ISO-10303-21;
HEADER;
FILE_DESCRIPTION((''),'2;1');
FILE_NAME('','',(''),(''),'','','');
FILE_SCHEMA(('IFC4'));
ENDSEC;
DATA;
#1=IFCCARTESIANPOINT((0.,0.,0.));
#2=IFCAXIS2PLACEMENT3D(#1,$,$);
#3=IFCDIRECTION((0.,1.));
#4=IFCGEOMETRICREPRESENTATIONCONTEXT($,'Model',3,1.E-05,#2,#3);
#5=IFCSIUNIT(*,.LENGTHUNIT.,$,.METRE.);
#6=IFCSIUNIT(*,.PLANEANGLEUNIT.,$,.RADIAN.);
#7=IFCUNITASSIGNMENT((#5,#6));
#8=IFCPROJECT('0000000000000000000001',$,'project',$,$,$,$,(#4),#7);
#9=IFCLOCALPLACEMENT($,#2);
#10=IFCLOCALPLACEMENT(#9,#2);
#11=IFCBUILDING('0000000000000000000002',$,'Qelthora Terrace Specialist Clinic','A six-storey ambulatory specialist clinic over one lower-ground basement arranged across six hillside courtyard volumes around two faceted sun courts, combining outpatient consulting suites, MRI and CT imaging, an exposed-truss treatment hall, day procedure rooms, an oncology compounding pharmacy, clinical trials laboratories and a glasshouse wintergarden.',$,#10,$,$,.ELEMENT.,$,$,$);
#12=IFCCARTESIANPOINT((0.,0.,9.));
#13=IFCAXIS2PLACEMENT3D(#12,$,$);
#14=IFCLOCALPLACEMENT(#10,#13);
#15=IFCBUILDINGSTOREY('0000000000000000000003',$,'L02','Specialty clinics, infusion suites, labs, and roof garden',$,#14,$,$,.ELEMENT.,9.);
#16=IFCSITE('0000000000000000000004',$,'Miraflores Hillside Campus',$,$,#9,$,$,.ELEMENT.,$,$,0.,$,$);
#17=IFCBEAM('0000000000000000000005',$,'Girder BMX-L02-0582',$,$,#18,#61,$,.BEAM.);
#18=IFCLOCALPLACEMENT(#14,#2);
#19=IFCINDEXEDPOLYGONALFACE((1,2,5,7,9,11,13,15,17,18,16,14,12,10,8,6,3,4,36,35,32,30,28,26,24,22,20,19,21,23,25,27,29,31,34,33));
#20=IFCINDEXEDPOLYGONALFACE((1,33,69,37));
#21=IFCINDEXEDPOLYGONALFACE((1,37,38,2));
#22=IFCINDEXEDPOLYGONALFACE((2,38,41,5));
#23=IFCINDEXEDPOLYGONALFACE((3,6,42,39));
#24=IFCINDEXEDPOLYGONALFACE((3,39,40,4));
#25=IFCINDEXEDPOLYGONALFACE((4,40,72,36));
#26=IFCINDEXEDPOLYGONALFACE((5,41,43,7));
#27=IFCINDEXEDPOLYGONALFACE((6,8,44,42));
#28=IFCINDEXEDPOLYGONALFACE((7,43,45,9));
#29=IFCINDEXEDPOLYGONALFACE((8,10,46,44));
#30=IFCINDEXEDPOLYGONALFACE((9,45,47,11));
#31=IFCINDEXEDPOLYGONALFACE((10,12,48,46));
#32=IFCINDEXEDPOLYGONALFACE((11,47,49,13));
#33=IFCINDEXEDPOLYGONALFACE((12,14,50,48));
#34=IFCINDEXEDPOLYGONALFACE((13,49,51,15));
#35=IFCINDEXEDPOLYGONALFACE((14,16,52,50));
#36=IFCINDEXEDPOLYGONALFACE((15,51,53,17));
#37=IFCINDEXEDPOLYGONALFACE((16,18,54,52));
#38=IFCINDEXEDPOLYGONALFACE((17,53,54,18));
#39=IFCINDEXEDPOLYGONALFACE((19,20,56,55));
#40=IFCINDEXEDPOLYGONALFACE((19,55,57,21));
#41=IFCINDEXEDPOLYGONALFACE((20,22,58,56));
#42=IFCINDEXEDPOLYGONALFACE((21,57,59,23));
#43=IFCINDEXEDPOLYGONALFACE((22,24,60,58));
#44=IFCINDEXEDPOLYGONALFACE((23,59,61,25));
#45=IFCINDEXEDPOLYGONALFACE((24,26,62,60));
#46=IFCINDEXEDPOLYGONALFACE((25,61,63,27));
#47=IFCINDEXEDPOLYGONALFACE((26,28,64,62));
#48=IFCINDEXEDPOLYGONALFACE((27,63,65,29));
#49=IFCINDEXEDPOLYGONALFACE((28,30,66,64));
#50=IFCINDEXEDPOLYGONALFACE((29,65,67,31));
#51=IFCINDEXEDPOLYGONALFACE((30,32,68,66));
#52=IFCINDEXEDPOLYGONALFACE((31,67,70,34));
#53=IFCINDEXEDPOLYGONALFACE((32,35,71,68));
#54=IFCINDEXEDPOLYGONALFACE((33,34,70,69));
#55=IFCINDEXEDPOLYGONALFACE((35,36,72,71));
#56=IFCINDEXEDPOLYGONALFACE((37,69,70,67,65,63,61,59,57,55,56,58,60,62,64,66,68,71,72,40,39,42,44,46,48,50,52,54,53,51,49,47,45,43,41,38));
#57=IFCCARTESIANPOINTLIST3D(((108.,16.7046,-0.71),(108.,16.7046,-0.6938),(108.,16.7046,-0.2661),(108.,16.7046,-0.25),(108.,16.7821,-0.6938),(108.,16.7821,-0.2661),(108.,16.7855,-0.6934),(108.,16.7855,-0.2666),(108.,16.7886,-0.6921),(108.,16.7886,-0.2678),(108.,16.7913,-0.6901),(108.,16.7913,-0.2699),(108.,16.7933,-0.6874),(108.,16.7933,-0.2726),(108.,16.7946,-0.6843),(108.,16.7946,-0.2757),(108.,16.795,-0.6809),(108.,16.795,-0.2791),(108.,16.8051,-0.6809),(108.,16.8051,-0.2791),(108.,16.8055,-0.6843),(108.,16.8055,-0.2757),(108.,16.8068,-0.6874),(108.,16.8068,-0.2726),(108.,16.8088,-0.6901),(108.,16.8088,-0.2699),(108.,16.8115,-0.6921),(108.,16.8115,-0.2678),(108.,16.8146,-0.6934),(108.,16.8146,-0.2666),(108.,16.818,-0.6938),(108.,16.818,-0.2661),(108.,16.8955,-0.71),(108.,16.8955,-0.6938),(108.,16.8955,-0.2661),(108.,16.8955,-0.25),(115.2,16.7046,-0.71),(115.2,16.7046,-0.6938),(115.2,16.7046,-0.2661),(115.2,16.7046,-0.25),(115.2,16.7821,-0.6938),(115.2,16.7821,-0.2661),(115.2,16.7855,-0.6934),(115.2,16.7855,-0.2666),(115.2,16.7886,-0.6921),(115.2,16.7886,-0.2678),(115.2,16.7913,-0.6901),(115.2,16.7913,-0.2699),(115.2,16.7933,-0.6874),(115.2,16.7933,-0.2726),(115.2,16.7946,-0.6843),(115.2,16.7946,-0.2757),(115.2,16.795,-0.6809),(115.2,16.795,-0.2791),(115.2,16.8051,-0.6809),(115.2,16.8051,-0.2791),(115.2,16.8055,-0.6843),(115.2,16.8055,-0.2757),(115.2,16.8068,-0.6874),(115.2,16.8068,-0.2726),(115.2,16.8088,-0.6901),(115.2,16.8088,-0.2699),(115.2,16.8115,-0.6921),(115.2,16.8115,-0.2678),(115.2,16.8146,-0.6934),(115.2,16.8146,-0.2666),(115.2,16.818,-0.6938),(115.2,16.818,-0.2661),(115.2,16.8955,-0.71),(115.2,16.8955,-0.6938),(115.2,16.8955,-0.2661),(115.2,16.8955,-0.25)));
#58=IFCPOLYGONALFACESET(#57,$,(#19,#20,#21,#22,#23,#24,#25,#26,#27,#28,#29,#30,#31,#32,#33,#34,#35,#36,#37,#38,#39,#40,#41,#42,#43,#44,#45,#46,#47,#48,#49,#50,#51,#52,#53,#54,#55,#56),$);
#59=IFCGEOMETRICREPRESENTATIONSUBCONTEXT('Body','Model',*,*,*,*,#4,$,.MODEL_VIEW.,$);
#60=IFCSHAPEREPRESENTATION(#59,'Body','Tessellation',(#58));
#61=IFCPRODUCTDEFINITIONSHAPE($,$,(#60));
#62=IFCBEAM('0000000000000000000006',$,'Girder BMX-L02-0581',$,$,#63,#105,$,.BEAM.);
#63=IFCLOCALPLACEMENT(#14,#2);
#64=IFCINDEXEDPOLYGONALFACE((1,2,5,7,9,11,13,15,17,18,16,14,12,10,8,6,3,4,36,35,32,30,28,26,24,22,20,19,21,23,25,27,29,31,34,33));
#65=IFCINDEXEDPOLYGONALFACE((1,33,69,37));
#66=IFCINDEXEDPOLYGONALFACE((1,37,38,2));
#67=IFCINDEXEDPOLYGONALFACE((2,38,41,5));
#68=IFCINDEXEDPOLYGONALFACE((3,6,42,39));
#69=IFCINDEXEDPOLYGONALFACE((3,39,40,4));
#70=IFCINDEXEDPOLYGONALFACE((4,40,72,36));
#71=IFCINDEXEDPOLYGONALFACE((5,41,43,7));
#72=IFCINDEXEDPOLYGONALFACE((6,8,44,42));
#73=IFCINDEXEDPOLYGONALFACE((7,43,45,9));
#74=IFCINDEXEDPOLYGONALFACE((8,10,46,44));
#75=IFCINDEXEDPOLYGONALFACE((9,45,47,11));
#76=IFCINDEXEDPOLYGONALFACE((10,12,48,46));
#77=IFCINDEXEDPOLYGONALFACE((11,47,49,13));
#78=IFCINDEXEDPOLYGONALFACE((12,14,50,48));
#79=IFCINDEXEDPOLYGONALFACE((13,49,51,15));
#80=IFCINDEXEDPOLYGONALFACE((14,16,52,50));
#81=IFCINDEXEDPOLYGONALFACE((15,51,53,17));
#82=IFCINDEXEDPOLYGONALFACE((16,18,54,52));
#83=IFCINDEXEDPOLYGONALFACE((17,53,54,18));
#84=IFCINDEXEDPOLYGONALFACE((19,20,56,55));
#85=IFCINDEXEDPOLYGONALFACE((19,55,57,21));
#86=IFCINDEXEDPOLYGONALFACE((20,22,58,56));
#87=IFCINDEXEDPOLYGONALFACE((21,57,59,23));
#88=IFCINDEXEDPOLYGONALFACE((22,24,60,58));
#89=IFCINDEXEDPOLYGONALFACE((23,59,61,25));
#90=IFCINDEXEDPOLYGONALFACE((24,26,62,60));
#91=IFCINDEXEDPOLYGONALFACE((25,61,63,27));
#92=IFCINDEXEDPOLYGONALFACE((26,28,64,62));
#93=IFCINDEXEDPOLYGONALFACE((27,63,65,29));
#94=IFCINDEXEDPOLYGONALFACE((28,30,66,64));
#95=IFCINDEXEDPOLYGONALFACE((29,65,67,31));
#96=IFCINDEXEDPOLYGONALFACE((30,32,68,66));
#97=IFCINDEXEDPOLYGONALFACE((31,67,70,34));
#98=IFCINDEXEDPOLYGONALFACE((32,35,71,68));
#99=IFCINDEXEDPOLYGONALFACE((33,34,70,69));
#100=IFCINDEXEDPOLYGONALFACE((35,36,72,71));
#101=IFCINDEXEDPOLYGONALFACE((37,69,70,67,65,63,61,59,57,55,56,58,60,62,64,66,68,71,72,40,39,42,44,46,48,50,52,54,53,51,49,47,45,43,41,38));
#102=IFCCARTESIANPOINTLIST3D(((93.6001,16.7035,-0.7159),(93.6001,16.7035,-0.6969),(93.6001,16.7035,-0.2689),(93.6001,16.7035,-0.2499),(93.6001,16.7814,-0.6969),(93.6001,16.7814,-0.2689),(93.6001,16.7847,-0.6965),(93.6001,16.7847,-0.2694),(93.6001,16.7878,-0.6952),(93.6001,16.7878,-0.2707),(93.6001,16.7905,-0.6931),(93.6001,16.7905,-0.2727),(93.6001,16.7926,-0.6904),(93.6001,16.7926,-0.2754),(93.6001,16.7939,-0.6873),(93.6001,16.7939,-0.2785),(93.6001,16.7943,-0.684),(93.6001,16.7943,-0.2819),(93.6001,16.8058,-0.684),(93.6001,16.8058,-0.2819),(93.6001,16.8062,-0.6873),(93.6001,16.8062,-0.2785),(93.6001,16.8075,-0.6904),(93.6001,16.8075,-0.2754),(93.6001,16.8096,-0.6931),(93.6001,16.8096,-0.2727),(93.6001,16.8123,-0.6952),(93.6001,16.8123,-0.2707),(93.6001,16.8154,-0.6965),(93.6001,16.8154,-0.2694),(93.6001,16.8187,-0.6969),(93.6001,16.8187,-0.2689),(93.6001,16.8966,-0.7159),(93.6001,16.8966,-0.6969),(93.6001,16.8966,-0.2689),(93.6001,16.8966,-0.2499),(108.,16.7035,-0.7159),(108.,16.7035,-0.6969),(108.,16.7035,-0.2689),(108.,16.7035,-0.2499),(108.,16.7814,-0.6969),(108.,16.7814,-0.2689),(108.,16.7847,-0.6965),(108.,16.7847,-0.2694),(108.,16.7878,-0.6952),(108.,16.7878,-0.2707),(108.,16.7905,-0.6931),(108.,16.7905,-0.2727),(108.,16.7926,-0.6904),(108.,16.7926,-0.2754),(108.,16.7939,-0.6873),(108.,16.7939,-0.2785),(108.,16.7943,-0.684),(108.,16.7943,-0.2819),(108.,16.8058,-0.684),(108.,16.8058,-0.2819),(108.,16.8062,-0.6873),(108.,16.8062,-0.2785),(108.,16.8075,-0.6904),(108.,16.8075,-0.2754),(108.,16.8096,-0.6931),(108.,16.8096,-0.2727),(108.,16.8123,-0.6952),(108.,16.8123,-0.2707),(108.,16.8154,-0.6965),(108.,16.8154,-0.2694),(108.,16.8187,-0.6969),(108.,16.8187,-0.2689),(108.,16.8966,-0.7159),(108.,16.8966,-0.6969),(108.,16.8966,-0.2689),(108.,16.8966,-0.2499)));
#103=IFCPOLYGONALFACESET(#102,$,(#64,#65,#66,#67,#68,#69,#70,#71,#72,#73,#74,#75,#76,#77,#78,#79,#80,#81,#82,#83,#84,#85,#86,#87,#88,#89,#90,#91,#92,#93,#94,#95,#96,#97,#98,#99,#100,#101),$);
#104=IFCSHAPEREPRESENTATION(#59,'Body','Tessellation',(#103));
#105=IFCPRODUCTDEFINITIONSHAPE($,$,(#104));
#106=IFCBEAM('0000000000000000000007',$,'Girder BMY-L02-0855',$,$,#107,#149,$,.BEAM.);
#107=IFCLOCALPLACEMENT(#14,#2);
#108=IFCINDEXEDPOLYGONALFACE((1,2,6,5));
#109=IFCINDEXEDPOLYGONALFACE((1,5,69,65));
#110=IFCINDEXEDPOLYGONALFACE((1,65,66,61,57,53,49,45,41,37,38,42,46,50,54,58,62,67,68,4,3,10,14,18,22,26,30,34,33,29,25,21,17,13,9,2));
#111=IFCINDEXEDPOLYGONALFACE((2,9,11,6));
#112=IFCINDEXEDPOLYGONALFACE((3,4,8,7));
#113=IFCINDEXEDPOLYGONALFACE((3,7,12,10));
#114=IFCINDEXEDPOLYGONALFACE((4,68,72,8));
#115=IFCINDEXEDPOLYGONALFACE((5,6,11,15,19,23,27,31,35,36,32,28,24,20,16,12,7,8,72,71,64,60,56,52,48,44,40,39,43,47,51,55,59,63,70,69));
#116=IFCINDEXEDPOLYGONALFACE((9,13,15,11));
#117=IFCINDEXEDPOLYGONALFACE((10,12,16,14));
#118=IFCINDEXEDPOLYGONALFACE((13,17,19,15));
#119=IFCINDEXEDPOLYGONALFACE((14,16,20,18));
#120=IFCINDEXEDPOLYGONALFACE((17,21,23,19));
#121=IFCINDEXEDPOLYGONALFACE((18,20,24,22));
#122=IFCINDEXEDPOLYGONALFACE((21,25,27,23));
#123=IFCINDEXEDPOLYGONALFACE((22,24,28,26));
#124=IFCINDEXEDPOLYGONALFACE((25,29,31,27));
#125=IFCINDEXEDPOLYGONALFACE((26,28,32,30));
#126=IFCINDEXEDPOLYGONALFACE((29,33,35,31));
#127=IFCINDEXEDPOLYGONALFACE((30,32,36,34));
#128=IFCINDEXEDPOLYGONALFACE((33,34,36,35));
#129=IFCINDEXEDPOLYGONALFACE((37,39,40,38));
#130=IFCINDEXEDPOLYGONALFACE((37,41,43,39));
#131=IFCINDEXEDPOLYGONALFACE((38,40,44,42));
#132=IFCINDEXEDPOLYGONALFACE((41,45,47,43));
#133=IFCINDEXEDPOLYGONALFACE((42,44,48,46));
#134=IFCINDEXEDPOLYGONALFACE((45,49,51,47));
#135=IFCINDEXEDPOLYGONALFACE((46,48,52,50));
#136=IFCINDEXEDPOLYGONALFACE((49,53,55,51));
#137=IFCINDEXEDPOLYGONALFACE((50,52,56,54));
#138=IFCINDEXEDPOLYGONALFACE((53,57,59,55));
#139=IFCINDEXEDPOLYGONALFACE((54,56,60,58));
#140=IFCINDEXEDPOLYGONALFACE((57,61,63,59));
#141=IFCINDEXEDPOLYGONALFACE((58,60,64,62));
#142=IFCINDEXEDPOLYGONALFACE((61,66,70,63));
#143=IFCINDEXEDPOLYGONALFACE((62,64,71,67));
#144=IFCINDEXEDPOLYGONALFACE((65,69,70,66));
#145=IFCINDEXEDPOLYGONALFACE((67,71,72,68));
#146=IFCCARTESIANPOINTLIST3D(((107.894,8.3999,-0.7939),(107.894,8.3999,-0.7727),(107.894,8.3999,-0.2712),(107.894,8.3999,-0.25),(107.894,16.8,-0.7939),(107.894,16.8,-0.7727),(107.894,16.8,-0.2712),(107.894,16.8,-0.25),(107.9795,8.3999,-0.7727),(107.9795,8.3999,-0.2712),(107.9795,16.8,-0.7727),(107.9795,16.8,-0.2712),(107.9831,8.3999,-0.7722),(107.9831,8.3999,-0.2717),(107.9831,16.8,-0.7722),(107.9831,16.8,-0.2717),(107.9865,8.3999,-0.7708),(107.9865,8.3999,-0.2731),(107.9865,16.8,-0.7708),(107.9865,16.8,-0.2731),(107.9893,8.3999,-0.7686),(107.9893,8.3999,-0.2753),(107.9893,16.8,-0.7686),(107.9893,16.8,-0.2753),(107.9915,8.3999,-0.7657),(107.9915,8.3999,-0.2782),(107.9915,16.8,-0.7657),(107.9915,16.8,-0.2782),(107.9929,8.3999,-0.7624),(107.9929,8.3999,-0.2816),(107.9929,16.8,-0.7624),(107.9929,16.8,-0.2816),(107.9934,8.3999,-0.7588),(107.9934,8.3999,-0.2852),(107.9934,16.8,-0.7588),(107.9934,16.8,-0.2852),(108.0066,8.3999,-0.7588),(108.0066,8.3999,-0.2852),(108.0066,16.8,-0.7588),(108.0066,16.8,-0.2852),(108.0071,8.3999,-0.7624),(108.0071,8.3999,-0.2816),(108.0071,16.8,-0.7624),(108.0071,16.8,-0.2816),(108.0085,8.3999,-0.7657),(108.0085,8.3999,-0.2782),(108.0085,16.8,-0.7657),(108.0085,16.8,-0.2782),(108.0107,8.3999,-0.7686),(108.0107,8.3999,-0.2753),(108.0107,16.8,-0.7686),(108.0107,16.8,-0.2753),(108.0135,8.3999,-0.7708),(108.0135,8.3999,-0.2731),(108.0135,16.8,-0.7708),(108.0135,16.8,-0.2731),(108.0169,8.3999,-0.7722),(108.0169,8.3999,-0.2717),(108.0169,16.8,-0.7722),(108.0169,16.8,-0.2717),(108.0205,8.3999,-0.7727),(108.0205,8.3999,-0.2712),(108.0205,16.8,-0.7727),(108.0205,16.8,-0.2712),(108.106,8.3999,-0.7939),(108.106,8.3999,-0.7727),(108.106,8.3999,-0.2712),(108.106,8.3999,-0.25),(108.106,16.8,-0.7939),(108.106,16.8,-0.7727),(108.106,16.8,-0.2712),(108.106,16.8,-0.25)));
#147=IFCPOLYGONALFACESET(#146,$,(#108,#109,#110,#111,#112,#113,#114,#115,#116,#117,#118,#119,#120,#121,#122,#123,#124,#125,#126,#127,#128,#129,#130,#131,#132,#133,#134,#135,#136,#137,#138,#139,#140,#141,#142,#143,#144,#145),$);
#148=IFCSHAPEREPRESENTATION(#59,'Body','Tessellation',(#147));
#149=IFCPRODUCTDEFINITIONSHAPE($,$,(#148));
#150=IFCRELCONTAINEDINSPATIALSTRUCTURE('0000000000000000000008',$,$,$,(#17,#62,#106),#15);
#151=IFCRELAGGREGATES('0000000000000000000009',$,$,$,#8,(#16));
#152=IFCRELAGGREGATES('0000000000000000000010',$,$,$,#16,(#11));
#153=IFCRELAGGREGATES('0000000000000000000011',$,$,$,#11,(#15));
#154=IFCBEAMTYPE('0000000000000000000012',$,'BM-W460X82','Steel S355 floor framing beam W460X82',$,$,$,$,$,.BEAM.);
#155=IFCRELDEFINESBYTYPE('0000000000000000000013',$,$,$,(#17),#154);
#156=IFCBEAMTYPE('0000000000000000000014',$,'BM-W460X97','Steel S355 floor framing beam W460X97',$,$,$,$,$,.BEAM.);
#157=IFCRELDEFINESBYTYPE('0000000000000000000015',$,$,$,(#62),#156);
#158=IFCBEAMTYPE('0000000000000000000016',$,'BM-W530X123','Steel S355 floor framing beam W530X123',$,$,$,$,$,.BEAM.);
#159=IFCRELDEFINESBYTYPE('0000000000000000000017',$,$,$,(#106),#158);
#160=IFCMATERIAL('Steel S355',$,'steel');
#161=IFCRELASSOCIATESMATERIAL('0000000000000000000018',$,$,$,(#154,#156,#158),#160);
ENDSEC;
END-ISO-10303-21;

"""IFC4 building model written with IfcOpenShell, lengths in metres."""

from ifc_helpers import new_model, si_unit, direction, frame, origin, origin_2d, place, context, subcontext, project, spatial, i_section, extrude, material, material_profile, profile_set, type_object, element, save


model = new_model("IFC4")

# Units and contexts
model_context = context("Model", 3, precision=1e-05, world=origin(), true_north=direction((0.0, 1.0)))
body_context = subcontext(model_context, "Body", "Model", "MODEL_VIEW")
ifc_project = project(units=[si_unit("LENGTHUNIT", "METRE"), si_unit("PLANEANGLEUNIT", "RADIAN")], contexts=[model_context])

# Site, building, storey
site_placement = place(None, origin())
site = spatial("IfcSite", under=ifc_project, at=site_placement, Name="Miraflores Hillside Campus", CompositionType="ELEMENT", RefElevation=0.0)
building_placement = place(site_placement, origin())
building = spatial("IfcBuilding", under=site, at=building_placement, Name="Qelthora Terrace Specialist Clinic", Description="A six-storey ambulatory specialist clinic over one lower-ground basement arranged across six hillside courtyard volumes around two faceted sun courts, combining outpatient consulting suites, MRI and CT imaging, an exposed-truss treatment hall, day procedure rooms, an oncology compounding pharmacy, clinical trials laboratories and a glasshouse wintergarden.", CompositionType="ELEMENT")
storey_placement = place(building_placement, frame((0.0, 0.0, 9.0)))
storey = spatial("IfcBuildingStorey", under=building, at=storey_placement, Name="L02", Description="Specialty clinics, infusion suites, labs, and roof garden", CompositionType="ELEMENT", Elevation=9.0)

# Beams
ifc_material_1 = material(Name="Steel S355", Category="steel")
ifc_material_profile_1 = material_profile(ifc_material_1, i_section(OverallWidth=0.1909, OverallDepth=0.46, WebThickness=0.01, FlangeThickness=0.0161, FilletRadius=0.0129, at=origin_2d()), Name="W460X82")
ifc_profile_set_1 = profile_set([ifc_material_profile_1], Name="Steel S355")
beam_type_1 = type_object("IfcBeamType", Name="BM-W460X82", Description="Steel S355 floor framing beam W460X82", PredefinedType="BEAM", material=ifc_profile_set_1)
beam_1_placement = place(storey_placement, frame((108.0, 16.8, -0.48), z_axis=(1.0, 0.0, 0.0), x_axis=(0.0, 1.0, 0.0)))
element("IfcBeam", 1, at=beam_1_placement, inside=storey, type_object=beam_type_1, Name="Girder BMX-L02-0582", PredefinedType="BEAM", context=body_context, shape_type="SweptSolid", body=[
    extrude(i_section(OverallWidth=0.1909, OverallDepth=0.46, WebThickness=0.01, FlangeThickness=0.0161, FilletRadius=0.0129, at=origin_2d()), origin(), (0.0, 0.0, 1.0), 7.2),
])
ifc_material_profile_2 = material_profile(ifc_material_1, i_section(OverallWidth=0.1931, OverallDepth=0.4661, WebThickness=0.0115, FlangeThickness=0.019, FilletRadius=0.0129, at=origin_2d()), Name="W460X97")
ifc_profile_set_2 = profile_set([ifc_material_profile_2], Name="Steel S355")
beam_type_2 = type_object("IfcBeamType", Name="BM-W460X97", Description="Steel S355 floor framing beam W460X97", PredefinedType="BEAM", material=ifc_profile_set_2)
beam_2_placement = place(storey_placement, frame((93.6001, 16.8, -0.4829), z_axis=(1.0, 0.0, 0.0), x_axis=(0.0, 1.0, 0.0)))
element("IfcBeam", 2, at=beam_2_placement, inside=storey, type_object=beam_type_2, Name="Girder BMX-L02-0581", PredefinedType="BEAM", context=body_context, shape_type="SweptSolid", body=[
    extrude(i_section(OverallWidth=0.1931, OverallDepth=0.4661, WebThickness=0.0115, FlangeThickness=0.019, FilletRadius=0.0129, at=origin_2d()), origin(), (0.0, 0.0, 1.0), 14.3999),
])
ifc_material_profile_3 = material_profile(ifc_material_1, i_section(OverallWidth=0.2119, OverallDepth=0.5439, WebThickness=0.0132, FlangeThickness=0.0212, FilletRadius=0.0139, at=origin_2d()), Name="W530X123")
ifc_profile_set_3 = profile_set([ifc_material_profile_3], Name="Steel S355")
beam_type_3 = type_object("IfcBeamType", Name="BM-W530X123", Description="Steel S355 floor framing beam W530X123", PredefinedType="BEAM", material=ifc_profile_set_3)
beam_3_placement = place(storey_placement, frame((108.0, 8.3999, -0.522), z_axis=(0.0, 1.0, 0.0), x_axis=(-1.0, 0.0, 0.0)))
element("IfcBeam", 3, at=beam_3_placement, inside=storey, type_object=beam_type_3, Name="Girder BMY-L02-0855", PredefinedType="BEAM", context=body_context, shape_type="SweptSolid", body=[
    extrude(i_section(OverallWidth=0.2119, OverallDepth=0.5439, WebThickness=0.0132, FlangeThickness=0.0212, FilletRadius=0.0139, at=origin_2d()), origin(), (0.0, 0.0, 1.0), 8.4001),
])

save(model, "model.ifc")
